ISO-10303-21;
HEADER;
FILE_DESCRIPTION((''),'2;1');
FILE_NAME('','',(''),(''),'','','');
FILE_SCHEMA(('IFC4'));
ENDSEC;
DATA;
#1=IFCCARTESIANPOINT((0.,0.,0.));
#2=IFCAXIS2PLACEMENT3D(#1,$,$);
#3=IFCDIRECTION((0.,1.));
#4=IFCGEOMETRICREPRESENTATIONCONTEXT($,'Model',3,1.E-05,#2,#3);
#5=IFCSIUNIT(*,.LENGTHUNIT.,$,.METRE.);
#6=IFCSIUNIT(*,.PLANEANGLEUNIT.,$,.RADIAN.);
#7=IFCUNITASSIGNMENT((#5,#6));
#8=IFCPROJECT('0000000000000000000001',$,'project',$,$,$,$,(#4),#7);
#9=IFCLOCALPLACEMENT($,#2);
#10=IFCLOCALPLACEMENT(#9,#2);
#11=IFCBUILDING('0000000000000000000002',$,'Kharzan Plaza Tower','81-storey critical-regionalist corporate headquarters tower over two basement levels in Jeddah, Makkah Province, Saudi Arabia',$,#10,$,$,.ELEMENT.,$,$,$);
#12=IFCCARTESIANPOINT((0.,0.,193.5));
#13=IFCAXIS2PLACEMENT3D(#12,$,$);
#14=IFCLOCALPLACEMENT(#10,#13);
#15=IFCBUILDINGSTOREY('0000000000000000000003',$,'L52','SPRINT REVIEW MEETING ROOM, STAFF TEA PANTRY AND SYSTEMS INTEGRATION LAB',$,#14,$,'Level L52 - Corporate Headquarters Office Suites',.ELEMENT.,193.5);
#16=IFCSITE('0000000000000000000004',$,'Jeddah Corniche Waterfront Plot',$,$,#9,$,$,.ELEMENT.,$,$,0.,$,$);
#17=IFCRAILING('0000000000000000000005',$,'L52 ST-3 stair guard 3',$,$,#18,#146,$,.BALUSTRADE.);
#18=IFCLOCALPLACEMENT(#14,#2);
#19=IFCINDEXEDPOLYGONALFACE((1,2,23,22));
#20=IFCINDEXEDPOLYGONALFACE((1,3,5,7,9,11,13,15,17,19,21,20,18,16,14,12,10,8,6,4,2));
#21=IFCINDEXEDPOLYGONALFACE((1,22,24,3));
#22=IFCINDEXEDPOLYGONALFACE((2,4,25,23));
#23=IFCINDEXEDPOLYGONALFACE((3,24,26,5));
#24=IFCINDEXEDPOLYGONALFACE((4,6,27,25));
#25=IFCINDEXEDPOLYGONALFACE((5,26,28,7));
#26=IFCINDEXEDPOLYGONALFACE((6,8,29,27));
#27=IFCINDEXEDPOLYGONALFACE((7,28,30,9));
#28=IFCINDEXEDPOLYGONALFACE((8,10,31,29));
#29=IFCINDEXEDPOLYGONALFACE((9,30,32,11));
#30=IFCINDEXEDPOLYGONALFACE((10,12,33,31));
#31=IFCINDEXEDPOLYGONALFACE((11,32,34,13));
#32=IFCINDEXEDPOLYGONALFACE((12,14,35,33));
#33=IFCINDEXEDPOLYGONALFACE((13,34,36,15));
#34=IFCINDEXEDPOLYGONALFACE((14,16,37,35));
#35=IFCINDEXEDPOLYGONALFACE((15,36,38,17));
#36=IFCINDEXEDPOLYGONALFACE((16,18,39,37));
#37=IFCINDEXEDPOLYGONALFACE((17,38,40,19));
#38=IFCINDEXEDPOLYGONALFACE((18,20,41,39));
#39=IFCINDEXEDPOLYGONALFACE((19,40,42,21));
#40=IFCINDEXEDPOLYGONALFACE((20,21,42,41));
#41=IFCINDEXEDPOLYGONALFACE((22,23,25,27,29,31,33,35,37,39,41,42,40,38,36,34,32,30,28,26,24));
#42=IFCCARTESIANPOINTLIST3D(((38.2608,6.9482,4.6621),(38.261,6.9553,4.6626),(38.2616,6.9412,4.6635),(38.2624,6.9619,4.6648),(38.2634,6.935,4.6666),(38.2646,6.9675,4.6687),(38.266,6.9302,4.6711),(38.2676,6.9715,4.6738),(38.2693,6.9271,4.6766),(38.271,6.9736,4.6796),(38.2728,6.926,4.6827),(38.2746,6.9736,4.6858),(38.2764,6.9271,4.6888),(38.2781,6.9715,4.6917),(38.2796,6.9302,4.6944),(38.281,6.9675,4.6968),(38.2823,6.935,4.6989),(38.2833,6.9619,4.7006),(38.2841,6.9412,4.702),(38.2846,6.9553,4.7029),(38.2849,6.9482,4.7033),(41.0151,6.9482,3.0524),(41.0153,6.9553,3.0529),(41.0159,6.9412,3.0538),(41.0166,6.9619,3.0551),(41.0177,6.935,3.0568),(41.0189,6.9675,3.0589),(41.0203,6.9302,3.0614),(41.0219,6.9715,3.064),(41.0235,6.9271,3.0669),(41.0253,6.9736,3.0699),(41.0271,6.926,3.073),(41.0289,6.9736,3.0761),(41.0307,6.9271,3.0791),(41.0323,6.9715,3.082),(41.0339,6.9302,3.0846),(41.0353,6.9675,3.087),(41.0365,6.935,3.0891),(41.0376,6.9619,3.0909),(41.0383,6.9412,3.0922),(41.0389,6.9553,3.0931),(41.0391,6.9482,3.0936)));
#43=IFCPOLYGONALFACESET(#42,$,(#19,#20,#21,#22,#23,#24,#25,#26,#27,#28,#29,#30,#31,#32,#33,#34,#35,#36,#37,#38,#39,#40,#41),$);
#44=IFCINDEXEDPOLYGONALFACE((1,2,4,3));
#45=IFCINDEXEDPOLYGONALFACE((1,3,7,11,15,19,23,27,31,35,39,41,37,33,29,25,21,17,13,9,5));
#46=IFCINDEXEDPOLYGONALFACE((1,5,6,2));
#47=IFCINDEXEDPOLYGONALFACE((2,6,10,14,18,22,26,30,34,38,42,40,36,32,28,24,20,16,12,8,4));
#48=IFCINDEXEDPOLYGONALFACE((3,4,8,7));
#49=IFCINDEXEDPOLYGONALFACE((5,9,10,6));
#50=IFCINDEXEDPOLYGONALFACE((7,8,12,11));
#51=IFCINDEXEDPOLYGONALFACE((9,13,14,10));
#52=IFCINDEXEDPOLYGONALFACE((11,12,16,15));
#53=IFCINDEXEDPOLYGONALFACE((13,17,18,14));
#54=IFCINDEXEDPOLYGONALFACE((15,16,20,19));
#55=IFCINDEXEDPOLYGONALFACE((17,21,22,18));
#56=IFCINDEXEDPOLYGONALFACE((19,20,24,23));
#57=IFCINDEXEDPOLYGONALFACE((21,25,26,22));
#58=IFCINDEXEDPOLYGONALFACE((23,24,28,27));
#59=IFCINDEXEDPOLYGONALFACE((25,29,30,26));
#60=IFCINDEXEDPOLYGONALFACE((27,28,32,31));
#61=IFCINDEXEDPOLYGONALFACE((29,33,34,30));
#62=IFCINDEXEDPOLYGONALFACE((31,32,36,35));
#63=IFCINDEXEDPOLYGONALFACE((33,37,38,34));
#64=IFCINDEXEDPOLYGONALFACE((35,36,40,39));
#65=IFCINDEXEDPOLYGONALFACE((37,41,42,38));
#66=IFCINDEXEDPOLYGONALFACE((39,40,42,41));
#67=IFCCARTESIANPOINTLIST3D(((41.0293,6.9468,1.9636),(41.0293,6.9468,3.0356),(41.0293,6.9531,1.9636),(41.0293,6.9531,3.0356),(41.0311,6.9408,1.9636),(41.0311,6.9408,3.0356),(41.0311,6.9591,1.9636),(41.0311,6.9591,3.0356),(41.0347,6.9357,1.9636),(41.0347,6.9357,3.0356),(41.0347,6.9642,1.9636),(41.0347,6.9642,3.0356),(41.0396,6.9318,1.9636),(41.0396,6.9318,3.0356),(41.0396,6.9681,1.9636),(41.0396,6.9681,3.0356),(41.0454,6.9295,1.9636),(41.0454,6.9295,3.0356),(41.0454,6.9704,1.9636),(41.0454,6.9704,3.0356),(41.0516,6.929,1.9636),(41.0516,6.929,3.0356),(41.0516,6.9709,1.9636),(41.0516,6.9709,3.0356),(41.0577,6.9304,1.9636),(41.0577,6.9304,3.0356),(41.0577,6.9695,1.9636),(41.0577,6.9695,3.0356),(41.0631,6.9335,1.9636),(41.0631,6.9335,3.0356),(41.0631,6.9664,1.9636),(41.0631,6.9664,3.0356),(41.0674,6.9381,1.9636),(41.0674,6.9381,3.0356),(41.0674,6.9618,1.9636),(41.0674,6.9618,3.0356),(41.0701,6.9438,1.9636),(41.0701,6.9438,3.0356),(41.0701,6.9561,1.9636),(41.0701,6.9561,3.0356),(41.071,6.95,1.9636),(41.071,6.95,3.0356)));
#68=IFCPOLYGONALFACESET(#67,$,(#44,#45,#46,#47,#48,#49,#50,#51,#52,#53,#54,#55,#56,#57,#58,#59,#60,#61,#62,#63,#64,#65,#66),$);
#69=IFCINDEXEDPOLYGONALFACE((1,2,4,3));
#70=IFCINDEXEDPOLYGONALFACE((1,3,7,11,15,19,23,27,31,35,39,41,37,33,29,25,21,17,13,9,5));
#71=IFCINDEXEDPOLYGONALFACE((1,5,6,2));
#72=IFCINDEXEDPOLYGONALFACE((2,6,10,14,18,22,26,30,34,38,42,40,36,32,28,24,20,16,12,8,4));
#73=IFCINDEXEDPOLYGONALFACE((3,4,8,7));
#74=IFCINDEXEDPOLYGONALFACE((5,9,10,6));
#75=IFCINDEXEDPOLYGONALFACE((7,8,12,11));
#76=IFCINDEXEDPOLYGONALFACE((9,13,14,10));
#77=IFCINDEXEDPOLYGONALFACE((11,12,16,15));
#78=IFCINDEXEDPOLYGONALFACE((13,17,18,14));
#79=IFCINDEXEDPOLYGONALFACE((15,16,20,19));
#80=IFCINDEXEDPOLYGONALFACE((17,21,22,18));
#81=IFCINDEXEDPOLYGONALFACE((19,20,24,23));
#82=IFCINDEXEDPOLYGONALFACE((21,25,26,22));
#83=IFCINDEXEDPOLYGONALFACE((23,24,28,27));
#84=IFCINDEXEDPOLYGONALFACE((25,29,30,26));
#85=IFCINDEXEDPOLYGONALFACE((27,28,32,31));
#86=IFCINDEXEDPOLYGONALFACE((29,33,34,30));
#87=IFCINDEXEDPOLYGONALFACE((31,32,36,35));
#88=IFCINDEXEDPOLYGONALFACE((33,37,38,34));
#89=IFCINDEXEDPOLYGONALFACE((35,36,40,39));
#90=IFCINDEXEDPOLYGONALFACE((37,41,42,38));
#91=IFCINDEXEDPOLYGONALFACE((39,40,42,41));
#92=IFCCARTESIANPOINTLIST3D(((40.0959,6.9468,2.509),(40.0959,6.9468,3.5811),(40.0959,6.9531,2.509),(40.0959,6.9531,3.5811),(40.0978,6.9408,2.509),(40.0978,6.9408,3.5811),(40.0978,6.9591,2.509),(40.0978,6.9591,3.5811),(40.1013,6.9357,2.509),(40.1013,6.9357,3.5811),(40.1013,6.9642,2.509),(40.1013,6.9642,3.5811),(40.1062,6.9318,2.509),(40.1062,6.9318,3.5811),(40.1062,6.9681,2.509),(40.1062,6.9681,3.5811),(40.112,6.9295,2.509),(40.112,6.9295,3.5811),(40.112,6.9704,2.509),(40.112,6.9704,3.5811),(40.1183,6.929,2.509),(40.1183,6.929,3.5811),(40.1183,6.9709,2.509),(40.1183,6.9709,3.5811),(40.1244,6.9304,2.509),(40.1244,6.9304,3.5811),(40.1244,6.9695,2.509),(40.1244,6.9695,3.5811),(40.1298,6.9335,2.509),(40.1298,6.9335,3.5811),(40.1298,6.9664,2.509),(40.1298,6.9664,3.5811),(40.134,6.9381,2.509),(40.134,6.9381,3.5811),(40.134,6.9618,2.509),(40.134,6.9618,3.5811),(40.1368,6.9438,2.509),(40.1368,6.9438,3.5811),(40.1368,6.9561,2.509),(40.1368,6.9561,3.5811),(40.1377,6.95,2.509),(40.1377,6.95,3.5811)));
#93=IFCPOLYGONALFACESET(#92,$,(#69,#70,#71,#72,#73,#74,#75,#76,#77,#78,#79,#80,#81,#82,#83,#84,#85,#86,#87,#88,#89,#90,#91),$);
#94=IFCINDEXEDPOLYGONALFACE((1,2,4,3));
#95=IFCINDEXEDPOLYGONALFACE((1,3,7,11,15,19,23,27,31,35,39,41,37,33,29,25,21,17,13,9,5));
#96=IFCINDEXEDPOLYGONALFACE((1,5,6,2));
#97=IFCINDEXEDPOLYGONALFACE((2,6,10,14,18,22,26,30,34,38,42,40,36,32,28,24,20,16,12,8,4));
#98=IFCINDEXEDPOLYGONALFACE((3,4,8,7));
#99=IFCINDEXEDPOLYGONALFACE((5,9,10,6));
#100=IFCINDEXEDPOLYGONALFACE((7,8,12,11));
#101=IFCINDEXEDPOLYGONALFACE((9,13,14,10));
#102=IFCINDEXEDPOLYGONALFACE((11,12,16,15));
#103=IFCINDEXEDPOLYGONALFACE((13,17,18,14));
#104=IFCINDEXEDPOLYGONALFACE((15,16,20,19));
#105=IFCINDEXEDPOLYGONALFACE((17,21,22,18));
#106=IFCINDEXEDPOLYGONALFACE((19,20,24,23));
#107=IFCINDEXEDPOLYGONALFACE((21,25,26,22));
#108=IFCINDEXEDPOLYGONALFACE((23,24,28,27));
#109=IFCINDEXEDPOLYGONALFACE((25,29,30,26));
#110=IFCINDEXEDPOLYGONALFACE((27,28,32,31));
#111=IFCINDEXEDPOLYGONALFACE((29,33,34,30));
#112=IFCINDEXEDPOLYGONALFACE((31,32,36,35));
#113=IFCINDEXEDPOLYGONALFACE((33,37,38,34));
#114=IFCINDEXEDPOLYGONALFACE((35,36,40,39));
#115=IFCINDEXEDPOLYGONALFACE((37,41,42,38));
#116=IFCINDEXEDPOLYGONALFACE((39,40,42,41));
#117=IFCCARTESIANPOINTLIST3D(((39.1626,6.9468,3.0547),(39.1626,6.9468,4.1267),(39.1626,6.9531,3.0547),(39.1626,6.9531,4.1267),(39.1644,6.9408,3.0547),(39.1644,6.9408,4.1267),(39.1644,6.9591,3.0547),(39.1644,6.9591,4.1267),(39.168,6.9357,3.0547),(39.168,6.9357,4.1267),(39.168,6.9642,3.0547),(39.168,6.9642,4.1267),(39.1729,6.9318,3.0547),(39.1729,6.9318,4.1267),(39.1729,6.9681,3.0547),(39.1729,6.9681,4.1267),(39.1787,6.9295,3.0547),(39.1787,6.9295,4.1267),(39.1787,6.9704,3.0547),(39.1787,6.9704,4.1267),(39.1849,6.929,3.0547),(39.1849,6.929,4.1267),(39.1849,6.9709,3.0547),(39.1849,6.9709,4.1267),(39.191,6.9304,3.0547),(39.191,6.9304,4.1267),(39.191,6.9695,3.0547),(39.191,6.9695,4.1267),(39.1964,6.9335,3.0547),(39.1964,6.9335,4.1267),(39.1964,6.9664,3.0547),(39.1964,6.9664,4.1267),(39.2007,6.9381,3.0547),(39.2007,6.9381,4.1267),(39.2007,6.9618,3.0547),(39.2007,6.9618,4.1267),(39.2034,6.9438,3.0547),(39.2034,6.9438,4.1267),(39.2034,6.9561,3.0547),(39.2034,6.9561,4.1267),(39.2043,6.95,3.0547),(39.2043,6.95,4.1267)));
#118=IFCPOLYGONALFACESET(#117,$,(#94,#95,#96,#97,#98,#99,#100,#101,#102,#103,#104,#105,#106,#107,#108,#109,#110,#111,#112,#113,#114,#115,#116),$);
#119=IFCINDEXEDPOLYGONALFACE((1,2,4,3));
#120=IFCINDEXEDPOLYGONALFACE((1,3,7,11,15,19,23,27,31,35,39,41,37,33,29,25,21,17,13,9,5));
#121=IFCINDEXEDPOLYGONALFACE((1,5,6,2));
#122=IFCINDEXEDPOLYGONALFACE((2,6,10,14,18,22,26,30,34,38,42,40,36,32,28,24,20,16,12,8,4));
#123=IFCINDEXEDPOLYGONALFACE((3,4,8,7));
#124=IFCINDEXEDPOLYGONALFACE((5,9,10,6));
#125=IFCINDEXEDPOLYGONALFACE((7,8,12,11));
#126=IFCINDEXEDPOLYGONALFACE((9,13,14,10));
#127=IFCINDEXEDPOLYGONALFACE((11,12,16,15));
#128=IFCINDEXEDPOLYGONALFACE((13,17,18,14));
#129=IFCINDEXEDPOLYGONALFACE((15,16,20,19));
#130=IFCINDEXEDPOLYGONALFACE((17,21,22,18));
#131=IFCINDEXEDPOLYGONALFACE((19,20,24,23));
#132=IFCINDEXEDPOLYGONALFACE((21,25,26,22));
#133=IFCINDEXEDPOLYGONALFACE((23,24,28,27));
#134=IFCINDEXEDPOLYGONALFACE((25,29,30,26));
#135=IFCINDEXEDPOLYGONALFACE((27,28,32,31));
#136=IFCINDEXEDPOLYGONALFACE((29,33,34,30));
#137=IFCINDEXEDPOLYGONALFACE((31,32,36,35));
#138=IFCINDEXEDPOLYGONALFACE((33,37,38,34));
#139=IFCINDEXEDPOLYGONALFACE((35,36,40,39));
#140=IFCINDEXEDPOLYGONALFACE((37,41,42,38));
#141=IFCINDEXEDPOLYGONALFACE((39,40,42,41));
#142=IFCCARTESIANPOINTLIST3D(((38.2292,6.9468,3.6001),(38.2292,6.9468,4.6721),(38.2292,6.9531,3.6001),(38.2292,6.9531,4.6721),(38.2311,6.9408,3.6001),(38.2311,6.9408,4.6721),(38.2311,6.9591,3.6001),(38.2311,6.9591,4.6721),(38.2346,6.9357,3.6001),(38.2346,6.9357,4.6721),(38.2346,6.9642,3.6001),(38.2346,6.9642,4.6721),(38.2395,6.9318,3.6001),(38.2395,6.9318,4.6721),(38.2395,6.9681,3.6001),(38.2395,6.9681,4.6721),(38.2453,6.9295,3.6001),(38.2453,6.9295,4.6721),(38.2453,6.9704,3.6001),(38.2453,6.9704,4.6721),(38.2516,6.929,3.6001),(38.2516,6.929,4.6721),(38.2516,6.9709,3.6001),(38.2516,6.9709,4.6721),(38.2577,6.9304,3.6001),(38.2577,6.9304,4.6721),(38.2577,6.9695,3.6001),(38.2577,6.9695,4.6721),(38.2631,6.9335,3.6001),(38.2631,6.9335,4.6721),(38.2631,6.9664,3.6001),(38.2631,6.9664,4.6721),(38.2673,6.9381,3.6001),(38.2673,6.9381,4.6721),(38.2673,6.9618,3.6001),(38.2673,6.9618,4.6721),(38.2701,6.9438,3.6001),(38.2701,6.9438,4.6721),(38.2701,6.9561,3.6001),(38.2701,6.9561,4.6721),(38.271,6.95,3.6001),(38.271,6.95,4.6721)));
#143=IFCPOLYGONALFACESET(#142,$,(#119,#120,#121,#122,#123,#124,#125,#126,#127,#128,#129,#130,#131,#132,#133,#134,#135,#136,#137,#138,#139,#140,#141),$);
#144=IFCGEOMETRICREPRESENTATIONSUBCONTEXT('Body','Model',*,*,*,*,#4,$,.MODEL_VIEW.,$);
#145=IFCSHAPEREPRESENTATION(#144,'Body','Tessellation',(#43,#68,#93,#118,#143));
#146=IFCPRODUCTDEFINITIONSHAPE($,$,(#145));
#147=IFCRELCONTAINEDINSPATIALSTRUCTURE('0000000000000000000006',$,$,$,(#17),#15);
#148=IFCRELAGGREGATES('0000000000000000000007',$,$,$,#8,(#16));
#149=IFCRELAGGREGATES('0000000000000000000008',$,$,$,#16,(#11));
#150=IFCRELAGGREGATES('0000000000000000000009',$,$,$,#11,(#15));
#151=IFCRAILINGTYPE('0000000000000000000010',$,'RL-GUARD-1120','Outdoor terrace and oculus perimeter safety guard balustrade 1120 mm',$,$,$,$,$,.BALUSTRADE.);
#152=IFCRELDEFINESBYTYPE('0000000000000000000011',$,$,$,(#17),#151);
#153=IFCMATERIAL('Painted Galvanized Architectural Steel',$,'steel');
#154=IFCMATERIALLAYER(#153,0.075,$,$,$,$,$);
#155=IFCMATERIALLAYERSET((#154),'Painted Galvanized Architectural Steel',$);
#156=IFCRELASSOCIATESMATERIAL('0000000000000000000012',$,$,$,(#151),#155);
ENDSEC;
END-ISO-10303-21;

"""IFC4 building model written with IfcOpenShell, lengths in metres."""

from ifc_helpers import new_model, si_unit, direction, frame, origin, origin_2d, place, context, subcontext, project, spatial, circle, extrude, source, transform, mapped, material, layer, layer_set, type_object, element, save


model = new_model("IFC4")

# Units and contexts
model_context = context("Model", 3, precision=1e-05, world=origin(), true_north=direction((0.0, 1.0)))
body_context = subcontext(model_context, "Body", "Model", "MODEL_VIEW")
ifc_project = project(units=[si_unit("LENGTHUNIT", "METRE"), si_unit("PLANEANGLEUNIT", "RADIAN")], contexts=[model_context])

# Site, building, storey
site_placement = place(None, origin())
site = spatial("IfcSite", under=ifc_project, at=site_placement, Name="Jeddah Corniche Waterfront Plot", CompositionType="ELEMENT", RefElevation=0.0)
building_placement = place(site_placement, origin())
building = spatial("IfcBuilding", under=site, at=building_placement, Name="Kharzan Plaza Tower", Description="81-storey critical-regionalist corporate headquarters tower over two basement levels in Jeddah, Makkah Province, Saudi Arabia", CompositionType="ELEMENT")
storey_placement = place(building_placement, frame((0.0, 0.0, 193.5)))
storey = spatial("IfcBuildingStorey", under=building, at=storey_placement, Name="L52", Description="SPRINT REVIEW MEETING ROOM, STAFF TEA PANTRY AND SYSTEMS INTEGRATION LAB", LongName="Level L52 - Corporate Headquarters Office Suites", CompositionType="ELEMENT", Elevation=193.5)

# Railing
ifc_material_1 = material(Name="Painted Galvanized Architectural Steel", Category="steel")
ifc_layer_1 = layer(ifc_material_1, 0.075)
ifc_layer_set_1 = layer_set([ifc_layer_1], Name="Painted Galvanized Architectural Steel")
railing_type_1 = type_object("IfcRailingType", Name="RL-GUARD-1120", Description="Outdoor terrace and oculus perimeter safety guard balustrade 1120 mm", PredefinedType="BALUSTRADE", material=ifc_layer_set_1)
shared_shape_1 = source(origin(), body_context, "Body", "SweptSolid", [
    extrude(circle(Radius=0.0239, at=origin_2d()), frame((-0.0229, 0.0, 1.1094), z_axis=(-0.863361, 0.0, 0.504587), x_axis=(0.0, -1.0, 0.0)), (0.0, 0.0, 1.0), 3.1902),
    extrude(circle(Radius=0.021, at=origin_2d()), origin(), (0.0, 0.0, 1.0), 1.072),
    extrude(circle(Radius=0.021, at=origin_2d()), frame((-0.9333, 0.0, 0.5454)), (0.0, 0.0, 1.0), 1.072),
    extrude(circle(Radius=0.021, at=origin_2d()), frame((-1.8667, 0.0, 1.0911)), (0.0, 0.0, 1.0), 1.072),
    extrude(circle(Radius=0.021, at=origin_2d()), frame((-2.8, 0.0, 1.6365)), (0.0, 0.0, 1.0), 1.072),
])
railing_1_placement = place(storey_placement, frame((41.05, 6.95, 1.9636)))
element("IfcRailing", 1, at=railing_1_placement, inside=storey, type_object=railing_type_1, Name="L52 ST-3 stair guard 3", PredefinedType="BALUSTRADE", context=body_context, shape_type="MappedRepresentation", body=[
    mapped(shared_shape_1, transform((0.0, 0.0, 0.0), x_axis=(1.0, 0.0, 0.0), y_axis=(0.0, 1.0, 0.0), z_axis=(0.0, 0.0, 1.0))),
])

save(model, "model.ifc")
